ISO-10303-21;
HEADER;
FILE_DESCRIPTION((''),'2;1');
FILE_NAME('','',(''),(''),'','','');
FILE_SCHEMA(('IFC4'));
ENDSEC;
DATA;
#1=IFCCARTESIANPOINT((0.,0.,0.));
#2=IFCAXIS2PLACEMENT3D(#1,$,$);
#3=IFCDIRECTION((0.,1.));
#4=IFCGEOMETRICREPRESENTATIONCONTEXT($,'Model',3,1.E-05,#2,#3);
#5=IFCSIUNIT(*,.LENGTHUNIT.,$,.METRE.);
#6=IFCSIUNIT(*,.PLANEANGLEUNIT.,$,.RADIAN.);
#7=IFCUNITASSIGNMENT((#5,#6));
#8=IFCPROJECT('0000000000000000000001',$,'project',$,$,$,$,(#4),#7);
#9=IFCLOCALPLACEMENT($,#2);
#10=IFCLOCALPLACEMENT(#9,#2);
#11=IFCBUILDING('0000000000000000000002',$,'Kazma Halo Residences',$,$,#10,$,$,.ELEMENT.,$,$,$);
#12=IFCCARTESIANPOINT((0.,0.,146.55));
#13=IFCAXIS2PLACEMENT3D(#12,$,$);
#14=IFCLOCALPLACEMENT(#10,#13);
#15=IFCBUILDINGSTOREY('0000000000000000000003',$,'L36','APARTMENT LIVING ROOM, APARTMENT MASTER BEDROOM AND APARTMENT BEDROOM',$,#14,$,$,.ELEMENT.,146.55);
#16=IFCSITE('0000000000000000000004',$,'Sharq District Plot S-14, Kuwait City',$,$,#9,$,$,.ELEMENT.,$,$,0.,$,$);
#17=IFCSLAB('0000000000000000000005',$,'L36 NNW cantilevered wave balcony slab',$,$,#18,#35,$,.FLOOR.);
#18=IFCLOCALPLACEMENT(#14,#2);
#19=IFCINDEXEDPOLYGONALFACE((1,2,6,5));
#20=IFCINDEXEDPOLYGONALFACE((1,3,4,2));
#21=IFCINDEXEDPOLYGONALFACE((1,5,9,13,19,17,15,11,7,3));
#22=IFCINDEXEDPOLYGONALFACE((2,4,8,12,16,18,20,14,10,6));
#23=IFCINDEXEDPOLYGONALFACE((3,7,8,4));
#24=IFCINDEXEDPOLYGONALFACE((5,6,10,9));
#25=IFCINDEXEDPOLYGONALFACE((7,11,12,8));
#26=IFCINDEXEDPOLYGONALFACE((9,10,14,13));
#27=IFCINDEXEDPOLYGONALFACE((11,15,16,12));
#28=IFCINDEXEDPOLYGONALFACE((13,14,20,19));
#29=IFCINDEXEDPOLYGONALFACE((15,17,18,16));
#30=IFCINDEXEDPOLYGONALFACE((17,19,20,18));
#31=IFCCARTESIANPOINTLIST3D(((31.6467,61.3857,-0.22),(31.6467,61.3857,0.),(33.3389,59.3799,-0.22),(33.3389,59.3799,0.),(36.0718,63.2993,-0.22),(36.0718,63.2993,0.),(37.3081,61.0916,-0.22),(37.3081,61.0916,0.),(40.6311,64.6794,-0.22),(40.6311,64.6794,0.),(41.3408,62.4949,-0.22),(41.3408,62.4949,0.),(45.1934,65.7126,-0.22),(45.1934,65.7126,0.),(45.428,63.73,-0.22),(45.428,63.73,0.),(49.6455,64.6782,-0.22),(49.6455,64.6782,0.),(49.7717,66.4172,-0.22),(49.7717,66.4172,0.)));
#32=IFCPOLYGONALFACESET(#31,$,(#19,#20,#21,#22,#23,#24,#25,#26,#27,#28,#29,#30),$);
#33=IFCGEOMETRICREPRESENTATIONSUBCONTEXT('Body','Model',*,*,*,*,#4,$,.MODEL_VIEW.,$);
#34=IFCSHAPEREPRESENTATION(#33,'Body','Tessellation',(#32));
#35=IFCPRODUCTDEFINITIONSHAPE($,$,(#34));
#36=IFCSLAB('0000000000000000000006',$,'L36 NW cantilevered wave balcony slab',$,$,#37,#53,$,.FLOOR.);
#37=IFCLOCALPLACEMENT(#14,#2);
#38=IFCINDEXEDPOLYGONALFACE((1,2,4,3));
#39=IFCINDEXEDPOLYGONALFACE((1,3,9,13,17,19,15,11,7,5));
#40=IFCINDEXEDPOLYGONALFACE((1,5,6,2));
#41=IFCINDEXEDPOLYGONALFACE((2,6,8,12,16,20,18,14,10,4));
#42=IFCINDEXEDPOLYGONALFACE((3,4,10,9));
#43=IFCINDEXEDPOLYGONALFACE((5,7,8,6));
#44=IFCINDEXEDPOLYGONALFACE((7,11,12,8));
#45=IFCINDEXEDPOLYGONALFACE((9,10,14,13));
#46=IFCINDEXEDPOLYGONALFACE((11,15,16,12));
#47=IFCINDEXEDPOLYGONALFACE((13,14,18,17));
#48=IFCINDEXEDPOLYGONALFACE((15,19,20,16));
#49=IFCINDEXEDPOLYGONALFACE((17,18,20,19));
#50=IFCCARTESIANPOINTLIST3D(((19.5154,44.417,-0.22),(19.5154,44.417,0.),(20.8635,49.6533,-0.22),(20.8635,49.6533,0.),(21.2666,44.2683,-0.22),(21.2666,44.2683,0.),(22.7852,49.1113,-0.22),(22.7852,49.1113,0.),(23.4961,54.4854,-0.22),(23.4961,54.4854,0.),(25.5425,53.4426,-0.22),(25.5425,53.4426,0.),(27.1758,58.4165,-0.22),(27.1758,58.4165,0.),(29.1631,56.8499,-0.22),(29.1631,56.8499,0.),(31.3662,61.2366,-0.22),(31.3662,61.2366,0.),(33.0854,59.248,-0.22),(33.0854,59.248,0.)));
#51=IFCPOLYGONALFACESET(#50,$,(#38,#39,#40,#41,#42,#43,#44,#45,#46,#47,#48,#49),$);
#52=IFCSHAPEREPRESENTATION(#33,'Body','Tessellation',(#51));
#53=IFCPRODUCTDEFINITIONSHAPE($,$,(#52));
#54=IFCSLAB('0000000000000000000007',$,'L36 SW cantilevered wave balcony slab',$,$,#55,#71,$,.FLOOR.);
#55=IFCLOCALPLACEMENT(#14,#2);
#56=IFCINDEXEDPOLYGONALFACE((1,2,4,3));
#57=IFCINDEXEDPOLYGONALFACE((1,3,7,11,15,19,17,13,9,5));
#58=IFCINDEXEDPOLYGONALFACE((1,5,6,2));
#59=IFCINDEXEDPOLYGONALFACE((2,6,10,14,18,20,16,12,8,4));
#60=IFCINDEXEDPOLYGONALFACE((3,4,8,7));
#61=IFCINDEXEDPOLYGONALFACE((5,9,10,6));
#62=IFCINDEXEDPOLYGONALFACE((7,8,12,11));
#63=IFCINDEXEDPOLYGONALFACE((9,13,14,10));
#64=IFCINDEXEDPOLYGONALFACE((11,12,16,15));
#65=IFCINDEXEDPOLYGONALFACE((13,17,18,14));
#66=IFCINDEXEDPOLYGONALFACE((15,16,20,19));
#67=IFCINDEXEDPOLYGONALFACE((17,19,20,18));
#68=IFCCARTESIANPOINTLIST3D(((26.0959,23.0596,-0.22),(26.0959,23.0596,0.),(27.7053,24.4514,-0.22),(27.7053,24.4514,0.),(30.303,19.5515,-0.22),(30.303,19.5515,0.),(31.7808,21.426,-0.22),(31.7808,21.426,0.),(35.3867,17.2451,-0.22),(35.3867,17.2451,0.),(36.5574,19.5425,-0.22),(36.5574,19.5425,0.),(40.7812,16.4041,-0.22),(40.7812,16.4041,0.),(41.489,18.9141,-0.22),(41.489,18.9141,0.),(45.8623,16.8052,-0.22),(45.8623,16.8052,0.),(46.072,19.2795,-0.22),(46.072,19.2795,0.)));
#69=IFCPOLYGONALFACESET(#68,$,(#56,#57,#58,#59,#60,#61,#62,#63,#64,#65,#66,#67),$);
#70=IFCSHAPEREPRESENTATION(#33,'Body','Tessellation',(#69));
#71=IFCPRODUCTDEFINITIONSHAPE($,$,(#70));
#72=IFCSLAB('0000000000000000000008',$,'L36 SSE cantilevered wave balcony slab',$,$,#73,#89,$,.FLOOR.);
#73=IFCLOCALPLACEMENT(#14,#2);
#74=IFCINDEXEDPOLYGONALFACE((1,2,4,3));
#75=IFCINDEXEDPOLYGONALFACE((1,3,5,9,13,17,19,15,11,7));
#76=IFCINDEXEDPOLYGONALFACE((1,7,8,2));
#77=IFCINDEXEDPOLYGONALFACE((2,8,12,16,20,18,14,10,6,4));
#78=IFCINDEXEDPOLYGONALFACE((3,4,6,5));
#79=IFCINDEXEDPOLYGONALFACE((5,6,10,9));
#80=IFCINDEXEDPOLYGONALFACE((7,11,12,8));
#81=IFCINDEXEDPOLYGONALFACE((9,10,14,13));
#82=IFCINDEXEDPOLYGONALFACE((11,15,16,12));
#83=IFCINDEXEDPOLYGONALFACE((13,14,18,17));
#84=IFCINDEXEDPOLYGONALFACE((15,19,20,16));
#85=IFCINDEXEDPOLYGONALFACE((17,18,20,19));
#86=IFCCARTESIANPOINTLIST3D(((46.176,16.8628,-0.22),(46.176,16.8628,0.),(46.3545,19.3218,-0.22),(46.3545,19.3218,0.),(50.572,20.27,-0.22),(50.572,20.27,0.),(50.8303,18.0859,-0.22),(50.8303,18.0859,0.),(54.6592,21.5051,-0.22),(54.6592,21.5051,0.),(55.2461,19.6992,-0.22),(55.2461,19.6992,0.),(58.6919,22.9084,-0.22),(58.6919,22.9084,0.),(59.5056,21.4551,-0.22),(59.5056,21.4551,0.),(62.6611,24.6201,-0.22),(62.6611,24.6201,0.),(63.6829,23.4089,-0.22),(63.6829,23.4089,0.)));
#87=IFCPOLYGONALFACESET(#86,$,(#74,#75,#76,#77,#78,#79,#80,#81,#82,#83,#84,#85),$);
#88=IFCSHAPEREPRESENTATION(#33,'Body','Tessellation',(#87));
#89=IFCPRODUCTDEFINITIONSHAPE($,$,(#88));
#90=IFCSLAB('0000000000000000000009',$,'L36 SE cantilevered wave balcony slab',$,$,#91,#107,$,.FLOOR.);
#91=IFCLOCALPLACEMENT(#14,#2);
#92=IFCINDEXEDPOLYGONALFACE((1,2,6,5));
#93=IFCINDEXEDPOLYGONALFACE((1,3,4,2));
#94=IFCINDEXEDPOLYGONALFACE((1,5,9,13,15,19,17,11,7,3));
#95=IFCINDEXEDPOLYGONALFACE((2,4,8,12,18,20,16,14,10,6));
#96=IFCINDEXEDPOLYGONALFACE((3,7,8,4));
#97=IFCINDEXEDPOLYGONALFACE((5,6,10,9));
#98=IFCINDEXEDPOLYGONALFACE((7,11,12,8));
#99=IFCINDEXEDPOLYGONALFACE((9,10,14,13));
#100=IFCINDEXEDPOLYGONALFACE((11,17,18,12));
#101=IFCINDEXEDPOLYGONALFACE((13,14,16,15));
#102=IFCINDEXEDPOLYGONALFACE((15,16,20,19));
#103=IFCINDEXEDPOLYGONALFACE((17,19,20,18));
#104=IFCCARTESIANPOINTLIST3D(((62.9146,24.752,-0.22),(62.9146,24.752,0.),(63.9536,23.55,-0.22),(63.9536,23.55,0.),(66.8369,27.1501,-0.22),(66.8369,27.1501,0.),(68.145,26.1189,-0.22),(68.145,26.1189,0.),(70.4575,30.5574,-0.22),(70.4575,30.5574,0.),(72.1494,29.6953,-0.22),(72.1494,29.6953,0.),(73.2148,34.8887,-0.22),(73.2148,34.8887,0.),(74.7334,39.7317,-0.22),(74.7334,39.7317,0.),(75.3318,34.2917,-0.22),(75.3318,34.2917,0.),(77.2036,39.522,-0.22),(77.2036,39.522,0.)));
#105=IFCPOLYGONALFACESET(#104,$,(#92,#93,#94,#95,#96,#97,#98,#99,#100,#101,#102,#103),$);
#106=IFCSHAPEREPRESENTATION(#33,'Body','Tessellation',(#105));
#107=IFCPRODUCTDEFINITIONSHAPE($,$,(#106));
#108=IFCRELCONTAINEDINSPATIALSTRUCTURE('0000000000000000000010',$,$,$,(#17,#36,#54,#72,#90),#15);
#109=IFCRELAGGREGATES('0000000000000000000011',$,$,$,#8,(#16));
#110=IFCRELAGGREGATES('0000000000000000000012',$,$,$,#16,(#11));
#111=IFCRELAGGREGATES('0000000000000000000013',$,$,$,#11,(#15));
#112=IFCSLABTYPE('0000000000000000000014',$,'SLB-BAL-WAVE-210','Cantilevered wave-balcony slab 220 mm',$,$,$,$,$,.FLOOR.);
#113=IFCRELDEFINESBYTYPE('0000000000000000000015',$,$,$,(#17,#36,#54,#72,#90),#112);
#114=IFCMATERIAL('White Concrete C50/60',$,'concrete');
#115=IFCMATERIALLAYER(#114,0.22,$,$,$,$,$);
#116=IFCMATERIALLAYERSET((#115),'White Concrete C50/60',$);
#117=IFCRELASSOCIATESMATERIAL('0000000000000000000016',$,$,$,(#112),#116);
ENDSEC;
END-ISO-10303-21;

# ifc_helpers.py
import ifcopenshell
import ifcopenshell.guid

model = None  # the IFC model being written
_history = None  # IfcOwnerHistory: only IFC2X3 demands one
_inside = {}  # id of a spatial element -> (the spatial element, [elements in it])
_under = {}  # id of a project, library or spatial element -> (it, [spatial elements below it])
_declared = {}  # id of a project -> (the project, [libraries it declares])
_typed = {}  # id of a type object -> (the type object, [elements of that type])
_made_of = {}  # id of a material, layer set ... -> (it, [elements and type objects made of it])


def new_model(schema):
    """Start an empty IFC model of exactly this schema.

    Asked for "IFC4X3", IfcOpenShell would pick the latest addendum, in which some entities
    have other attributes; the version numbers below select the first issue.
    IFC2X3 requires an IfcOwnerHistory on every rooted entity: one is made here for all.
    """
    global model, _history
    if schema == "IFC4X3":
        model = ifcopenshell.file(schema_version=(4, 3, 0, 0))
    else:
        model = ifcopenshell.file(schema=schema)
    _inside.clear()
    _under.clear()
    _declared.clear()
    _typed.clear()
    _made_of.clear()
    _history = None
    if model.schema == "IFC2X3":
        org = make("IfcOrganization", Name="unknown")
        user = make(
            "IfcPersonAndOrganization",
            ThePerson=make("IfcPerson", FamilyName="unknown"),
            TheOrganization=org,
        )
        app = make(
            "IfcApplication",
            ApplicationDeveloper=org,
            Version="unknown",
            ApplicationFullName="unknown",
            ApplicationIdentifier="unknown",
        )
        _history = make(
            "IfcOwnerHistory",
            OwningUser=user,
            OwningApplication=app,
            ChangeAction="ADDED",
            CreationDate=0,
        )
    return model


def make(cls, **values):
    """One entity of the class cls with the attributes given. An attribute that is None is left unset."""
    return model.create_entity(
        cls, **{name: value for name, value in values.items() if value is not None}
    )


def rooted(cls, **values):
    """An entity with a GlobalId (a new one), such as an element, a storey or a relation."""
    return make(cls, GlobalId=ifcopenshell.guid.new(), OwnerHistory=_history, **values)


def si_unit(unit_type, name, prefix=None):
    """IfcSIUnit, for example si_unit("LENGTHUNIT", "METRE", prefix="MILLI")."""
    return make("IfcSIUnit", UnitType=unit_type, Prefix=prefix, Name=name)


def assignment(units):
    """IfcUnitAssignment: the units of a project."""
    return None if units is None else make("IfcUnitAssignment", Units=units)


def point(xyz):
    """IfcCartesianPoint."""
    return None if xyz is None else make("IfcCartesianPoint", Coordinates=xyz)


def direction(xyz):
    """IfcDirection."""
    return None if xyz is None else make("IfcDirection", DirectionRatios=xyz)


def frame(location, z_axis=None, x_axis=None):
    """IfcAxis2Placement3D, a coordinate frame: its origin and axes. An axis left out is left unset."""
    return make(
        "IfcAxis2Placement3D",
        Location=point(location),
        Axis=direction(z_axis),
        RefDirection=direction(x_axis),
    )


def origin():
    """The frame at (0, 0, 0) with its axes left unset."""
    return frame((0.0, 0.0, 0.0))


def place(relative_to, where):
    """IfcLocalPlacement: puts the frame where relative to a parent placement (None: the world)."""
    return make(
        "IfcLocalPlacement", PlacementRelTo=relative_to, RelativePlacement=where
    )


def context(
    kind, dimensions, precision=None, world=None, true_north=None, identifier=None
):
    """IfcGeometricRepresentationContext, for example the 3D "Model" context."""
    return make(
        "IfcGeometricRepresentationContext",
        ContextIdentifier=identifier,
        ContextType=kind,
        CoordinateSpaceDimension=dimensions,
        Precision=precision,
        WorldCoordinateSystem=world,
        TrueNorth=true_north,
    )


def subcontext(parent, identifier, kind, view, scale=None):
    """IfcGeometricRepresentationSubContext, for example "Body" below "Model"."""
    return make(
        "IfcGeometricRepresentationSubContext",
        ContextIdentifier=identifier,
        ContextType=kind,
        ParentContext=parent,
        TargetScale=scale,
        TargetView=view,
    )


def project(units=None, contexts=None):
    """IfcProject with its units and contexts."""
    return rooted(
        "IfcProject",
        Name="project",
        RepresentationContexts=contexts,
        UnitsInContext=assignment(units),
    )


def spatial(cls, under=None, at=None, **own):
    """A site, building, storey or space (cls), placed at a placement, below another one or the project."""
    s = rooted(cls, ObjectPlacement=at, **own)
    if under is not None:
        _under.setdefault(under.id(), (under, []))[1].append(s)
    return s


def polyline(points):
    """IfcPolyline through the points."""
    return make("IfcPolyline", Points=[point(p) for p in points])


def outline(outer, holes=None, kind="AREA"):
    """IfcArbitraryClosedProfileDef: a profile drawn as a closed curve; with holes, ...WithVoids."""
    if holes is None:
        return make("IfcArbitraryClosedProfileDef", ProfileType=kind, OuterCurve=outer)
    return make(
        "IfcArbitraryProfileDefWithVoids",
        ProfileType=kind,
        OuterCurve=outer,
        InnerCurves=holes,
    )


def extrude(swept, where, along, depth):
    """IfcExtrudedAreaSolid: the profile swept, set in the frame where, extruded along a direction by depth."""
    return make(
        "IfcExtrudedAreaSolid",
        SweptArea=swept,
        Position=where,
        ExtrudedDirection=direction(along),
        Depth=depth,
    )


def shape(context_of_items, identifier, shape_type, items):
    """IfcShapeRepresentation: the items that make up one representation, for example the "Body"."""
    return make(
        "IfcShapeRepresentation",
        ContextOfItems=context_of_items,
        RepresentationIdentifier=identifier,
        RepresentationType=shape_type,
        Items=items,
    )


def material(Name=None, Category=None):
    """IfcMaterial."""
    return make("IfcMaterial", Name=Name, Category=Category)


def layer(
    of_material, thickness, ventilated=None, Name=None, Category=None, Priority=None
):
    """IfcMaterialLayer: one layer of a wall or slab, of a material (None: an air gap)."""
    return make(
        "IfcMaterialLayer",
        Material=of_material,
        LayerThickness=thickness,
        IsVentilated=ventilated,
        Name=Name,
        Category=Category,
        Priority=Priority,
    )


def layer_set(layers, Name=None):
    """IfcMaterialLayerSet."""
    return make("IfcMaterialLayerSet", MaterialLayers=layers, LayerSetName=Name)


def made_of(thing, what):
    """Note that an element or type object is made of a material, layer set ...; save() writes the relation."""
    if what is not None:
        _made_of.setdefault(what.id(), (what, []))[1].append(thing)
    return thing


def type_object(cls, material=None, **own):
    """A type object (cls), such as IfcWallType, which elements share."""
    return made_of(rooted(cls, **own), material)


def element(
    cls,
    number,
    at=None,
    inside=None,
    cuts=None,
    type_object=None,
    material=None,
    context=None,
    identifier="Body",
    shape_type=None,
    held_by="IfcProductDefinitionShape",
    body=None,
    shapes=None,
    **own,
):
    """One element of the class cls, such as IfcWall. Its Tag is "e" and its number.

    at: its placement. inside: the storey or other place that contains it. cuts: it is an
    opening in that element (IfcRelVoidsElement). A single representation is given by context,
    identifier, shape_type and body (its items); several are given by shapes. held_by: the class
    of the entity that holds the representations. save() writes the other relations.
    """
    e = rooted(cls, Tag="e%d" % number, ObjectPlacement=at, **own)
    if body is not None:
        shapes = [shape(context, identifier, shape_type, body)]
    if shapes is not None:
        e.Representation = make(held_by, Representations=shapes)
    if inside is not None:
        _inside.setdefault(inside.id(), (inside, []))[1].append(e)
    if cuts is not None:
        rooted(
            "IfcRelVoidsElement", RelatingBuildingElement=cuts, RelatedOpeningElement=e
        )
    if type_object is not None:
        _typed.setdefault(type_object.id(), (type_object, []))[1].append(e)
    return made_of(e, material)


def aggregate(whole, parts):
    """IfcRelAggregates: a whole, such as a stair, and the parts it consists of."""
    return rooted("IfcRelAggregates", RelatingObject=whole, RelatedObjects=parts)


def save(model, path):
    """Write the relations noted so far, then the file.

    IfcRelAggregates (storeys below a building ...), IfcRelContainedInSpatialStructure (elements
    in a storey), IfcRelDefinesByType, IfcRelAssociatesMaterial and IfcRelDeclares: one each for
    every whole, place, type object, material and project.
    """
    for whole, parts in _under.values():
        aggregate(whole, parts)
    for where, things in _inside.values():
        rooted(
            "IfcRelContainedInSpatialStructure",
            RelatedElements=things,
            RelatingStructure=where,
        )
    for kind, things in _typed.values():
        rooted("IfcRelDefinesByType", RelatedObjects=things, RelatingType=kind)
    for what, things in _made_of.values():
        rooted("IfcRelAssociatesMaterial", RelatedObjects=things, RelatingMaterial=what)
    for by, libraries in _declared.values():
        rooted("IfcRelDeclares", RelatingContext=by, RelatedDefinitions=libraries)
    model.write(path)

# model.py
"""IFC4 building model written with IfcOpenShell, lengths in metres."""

from ifc_helpers import new_model, si_unit, direction, frame, origin, place, context, subcontext, project, spatial, polyline, outline, extrude, material, layer, layer_set, type_object, element, save


model = new_model("IFC4")

# Units and contexts
model_context = context("Model", 3, precision=1e-05, world=origin(), true_north=direction((0.0, 1.0)))
body_context = subcontext(model_context, "Body", "Model", "MODEL_VIEW")
ifc_project = project(units=[si_unit("LENGTHUNIT", "METRE"), si_unit("PLANEANGLEUNIT", "RADIAN")], contexts=[model_context])

# Site, building, storey
site_placement = place(None, origin())
site = spatial("IfcSite", under=ifc_project, at=site_placement, Name="Sharq District Plot S-14, Kuwait City", CompositionType="ELEMENT", RefElevation=0.0)
building_placement = place(site_placement, origin())
building = spatial("IfcBuilding", under=site, at=building_placement, Name="Kazma Halo Residences", CompositionType="ELEMENT")
storey_placement = place(building_placement, frame((0.0, 0.0, 146.55)))
storey = spatial("IfcBuildingStorey", under=building, at=storey_placement, Name="L36", Description="APARTMENT LIVING ROOM, APARTMENT MASTER BEDROOM AND APARTMENT BEDROOM", CompositionType="ELEMENT", Elevation=146.55)

# Slabs
ifc_material_1 = material(Name="White Concrete C50/60", Category="concrete")
ifc_layer_1 = layer(ifc_material_1, 0.22)
ifc_layer_set_1 = layer_set([ifc_layer_1], Name="White Concrete C50/60")
slab_type_1 = type_object("IfcSlabType", Name="SLB-BAL-WAVE-210", Description="Cantilevered wave-balcony slab 220 mm", PredefinedType="FLOOR", material=ifc_layer_set_1)
slab_1_placement = place(storey_placement, frame((0.0, 0.0, -0.22)))
element("IfcSlab", 1, at=slab_1_placement, inside=storey, type_object=slab_type_1, Name="L36 NNW cantilevered wave balcony slab", PredefinedType="FLOOR", context=body_context, shape_type="SweptSolid", body=[
    extrude(outline(polyline([(49.6455, 64.6782), (45.428, 63.73), (41.3408, 62.4949), (37.3081, 61.0916), (33.3389, 59.3799), (31.6467, 61.3857), (36.0718, 63.2993), (40.6311, 64.6794), (45.1934, 65.7126), (49.7717, 66.4172), (49.6455, 64.6782)])), origin(), (0.0, 0.0, 1.0), 0.22),
])
slab_2_placement = place(storey_placement, frame((0.0, 0.0, -0.22)))
element("IfcSlab", 2, at=slab_2_placement, inside=storey, type_object=slab_type_1, Name="L36 NW cantilevered wave balcony slab", PredefinedType="FLOOR", context=body_context, shape_type="SweptSolid", body=[
    extrude(outline(polyline([(33.0854, 59.248), (29.1631, 56.8499), (25.5425, 53.4426), (22.7852, 49.1113), (21.2666, 44.2683), (19.5154, 44.417), (20.8635, 49.6533), (23.4961, 54.4854), (27.1758, 58.4165), (31.3662, 61.2366), (33.0854, 59.248)])), origin(), (0.0, 0.0, 1.0), 0.22),
])
slab_3_placement = place(storey_placement, frame((0.0, 0.0, -0.22)))
element("IfcSlab", 3, at=slab_3_placement, inside=storey, type_object=slab_type_1, Name="L36 SW cantilevered wave balcony slab", PredefinedType="FLOOR", context=body_context, shape_type="SweptSolid", body=[
    extrude(outline(polyline([(27.7053, 24.4514), (31.7808, 21.426), (36.5574, 19.5425), (41.489, 18.9141), (46.072, 19.2795), (45.8623, 16.8052), (40.7812, 16.4041), (35.3867, 17.2451), (30.303, 19.5515), (26.0959, 23.0596), (27.7053, 24.4514)])), origin(), (0.0, 0.0, 1.0), 0.22),
])
slab_4_placement = place(storey_placement, frame((0.0, 0.0, -0.22)))
element("IfcSlab", 4, at=slab_4_placement, inside=storey, type_object=slab_type_1, Name="L36 SSE cantilevered wave balcony slab", PredefinedType="FLOOR", context=body_context, shape_type="SweptSolid", body=[
    extrude(outline(polyline([(46.3545, 19.3218), (50.572, 20.27), (54.6592, 21.5051), (58.6919, 22.9084), (62.6611, 24.6201), (63.6829, 23.4089), (59.5056, 21.4551), (55.2461, 19.6992), (50.8303, 18.0859), (46.176, 16.8628), (46.3545, 19.3218)])), origin(), (0.0, 0.0, 1.0), 0.22),
])
slab_5_placement = place(storey_placement, frame((0.0, 0.0, -0.22)))
element("IfcSlab", 5, at=slab_5_placement, inside=storey, type_object=slab_type_1, Name="L36 SE cantilevered wave balcony slab", PredefinedType="FLOOR", context=body_context, shape_type="SweptSolid", body=[
    extrude(outline(polyline([(62.9146, 24.752), (66.8369, 27.1501), (70.4575, 30.5574), (73.2148, 34.8887), (74.7334, 39.7317), (77.2036, 39.522), (75.3318, 34.2917), (72.1494, 29.6953), (68.145, 26.1189), (63.9536, 23.55), (62.9146, 24.752)])), origin(), (0.0, 0.0, 1.0), 0.22),
])

save(model, "model.ifc")
